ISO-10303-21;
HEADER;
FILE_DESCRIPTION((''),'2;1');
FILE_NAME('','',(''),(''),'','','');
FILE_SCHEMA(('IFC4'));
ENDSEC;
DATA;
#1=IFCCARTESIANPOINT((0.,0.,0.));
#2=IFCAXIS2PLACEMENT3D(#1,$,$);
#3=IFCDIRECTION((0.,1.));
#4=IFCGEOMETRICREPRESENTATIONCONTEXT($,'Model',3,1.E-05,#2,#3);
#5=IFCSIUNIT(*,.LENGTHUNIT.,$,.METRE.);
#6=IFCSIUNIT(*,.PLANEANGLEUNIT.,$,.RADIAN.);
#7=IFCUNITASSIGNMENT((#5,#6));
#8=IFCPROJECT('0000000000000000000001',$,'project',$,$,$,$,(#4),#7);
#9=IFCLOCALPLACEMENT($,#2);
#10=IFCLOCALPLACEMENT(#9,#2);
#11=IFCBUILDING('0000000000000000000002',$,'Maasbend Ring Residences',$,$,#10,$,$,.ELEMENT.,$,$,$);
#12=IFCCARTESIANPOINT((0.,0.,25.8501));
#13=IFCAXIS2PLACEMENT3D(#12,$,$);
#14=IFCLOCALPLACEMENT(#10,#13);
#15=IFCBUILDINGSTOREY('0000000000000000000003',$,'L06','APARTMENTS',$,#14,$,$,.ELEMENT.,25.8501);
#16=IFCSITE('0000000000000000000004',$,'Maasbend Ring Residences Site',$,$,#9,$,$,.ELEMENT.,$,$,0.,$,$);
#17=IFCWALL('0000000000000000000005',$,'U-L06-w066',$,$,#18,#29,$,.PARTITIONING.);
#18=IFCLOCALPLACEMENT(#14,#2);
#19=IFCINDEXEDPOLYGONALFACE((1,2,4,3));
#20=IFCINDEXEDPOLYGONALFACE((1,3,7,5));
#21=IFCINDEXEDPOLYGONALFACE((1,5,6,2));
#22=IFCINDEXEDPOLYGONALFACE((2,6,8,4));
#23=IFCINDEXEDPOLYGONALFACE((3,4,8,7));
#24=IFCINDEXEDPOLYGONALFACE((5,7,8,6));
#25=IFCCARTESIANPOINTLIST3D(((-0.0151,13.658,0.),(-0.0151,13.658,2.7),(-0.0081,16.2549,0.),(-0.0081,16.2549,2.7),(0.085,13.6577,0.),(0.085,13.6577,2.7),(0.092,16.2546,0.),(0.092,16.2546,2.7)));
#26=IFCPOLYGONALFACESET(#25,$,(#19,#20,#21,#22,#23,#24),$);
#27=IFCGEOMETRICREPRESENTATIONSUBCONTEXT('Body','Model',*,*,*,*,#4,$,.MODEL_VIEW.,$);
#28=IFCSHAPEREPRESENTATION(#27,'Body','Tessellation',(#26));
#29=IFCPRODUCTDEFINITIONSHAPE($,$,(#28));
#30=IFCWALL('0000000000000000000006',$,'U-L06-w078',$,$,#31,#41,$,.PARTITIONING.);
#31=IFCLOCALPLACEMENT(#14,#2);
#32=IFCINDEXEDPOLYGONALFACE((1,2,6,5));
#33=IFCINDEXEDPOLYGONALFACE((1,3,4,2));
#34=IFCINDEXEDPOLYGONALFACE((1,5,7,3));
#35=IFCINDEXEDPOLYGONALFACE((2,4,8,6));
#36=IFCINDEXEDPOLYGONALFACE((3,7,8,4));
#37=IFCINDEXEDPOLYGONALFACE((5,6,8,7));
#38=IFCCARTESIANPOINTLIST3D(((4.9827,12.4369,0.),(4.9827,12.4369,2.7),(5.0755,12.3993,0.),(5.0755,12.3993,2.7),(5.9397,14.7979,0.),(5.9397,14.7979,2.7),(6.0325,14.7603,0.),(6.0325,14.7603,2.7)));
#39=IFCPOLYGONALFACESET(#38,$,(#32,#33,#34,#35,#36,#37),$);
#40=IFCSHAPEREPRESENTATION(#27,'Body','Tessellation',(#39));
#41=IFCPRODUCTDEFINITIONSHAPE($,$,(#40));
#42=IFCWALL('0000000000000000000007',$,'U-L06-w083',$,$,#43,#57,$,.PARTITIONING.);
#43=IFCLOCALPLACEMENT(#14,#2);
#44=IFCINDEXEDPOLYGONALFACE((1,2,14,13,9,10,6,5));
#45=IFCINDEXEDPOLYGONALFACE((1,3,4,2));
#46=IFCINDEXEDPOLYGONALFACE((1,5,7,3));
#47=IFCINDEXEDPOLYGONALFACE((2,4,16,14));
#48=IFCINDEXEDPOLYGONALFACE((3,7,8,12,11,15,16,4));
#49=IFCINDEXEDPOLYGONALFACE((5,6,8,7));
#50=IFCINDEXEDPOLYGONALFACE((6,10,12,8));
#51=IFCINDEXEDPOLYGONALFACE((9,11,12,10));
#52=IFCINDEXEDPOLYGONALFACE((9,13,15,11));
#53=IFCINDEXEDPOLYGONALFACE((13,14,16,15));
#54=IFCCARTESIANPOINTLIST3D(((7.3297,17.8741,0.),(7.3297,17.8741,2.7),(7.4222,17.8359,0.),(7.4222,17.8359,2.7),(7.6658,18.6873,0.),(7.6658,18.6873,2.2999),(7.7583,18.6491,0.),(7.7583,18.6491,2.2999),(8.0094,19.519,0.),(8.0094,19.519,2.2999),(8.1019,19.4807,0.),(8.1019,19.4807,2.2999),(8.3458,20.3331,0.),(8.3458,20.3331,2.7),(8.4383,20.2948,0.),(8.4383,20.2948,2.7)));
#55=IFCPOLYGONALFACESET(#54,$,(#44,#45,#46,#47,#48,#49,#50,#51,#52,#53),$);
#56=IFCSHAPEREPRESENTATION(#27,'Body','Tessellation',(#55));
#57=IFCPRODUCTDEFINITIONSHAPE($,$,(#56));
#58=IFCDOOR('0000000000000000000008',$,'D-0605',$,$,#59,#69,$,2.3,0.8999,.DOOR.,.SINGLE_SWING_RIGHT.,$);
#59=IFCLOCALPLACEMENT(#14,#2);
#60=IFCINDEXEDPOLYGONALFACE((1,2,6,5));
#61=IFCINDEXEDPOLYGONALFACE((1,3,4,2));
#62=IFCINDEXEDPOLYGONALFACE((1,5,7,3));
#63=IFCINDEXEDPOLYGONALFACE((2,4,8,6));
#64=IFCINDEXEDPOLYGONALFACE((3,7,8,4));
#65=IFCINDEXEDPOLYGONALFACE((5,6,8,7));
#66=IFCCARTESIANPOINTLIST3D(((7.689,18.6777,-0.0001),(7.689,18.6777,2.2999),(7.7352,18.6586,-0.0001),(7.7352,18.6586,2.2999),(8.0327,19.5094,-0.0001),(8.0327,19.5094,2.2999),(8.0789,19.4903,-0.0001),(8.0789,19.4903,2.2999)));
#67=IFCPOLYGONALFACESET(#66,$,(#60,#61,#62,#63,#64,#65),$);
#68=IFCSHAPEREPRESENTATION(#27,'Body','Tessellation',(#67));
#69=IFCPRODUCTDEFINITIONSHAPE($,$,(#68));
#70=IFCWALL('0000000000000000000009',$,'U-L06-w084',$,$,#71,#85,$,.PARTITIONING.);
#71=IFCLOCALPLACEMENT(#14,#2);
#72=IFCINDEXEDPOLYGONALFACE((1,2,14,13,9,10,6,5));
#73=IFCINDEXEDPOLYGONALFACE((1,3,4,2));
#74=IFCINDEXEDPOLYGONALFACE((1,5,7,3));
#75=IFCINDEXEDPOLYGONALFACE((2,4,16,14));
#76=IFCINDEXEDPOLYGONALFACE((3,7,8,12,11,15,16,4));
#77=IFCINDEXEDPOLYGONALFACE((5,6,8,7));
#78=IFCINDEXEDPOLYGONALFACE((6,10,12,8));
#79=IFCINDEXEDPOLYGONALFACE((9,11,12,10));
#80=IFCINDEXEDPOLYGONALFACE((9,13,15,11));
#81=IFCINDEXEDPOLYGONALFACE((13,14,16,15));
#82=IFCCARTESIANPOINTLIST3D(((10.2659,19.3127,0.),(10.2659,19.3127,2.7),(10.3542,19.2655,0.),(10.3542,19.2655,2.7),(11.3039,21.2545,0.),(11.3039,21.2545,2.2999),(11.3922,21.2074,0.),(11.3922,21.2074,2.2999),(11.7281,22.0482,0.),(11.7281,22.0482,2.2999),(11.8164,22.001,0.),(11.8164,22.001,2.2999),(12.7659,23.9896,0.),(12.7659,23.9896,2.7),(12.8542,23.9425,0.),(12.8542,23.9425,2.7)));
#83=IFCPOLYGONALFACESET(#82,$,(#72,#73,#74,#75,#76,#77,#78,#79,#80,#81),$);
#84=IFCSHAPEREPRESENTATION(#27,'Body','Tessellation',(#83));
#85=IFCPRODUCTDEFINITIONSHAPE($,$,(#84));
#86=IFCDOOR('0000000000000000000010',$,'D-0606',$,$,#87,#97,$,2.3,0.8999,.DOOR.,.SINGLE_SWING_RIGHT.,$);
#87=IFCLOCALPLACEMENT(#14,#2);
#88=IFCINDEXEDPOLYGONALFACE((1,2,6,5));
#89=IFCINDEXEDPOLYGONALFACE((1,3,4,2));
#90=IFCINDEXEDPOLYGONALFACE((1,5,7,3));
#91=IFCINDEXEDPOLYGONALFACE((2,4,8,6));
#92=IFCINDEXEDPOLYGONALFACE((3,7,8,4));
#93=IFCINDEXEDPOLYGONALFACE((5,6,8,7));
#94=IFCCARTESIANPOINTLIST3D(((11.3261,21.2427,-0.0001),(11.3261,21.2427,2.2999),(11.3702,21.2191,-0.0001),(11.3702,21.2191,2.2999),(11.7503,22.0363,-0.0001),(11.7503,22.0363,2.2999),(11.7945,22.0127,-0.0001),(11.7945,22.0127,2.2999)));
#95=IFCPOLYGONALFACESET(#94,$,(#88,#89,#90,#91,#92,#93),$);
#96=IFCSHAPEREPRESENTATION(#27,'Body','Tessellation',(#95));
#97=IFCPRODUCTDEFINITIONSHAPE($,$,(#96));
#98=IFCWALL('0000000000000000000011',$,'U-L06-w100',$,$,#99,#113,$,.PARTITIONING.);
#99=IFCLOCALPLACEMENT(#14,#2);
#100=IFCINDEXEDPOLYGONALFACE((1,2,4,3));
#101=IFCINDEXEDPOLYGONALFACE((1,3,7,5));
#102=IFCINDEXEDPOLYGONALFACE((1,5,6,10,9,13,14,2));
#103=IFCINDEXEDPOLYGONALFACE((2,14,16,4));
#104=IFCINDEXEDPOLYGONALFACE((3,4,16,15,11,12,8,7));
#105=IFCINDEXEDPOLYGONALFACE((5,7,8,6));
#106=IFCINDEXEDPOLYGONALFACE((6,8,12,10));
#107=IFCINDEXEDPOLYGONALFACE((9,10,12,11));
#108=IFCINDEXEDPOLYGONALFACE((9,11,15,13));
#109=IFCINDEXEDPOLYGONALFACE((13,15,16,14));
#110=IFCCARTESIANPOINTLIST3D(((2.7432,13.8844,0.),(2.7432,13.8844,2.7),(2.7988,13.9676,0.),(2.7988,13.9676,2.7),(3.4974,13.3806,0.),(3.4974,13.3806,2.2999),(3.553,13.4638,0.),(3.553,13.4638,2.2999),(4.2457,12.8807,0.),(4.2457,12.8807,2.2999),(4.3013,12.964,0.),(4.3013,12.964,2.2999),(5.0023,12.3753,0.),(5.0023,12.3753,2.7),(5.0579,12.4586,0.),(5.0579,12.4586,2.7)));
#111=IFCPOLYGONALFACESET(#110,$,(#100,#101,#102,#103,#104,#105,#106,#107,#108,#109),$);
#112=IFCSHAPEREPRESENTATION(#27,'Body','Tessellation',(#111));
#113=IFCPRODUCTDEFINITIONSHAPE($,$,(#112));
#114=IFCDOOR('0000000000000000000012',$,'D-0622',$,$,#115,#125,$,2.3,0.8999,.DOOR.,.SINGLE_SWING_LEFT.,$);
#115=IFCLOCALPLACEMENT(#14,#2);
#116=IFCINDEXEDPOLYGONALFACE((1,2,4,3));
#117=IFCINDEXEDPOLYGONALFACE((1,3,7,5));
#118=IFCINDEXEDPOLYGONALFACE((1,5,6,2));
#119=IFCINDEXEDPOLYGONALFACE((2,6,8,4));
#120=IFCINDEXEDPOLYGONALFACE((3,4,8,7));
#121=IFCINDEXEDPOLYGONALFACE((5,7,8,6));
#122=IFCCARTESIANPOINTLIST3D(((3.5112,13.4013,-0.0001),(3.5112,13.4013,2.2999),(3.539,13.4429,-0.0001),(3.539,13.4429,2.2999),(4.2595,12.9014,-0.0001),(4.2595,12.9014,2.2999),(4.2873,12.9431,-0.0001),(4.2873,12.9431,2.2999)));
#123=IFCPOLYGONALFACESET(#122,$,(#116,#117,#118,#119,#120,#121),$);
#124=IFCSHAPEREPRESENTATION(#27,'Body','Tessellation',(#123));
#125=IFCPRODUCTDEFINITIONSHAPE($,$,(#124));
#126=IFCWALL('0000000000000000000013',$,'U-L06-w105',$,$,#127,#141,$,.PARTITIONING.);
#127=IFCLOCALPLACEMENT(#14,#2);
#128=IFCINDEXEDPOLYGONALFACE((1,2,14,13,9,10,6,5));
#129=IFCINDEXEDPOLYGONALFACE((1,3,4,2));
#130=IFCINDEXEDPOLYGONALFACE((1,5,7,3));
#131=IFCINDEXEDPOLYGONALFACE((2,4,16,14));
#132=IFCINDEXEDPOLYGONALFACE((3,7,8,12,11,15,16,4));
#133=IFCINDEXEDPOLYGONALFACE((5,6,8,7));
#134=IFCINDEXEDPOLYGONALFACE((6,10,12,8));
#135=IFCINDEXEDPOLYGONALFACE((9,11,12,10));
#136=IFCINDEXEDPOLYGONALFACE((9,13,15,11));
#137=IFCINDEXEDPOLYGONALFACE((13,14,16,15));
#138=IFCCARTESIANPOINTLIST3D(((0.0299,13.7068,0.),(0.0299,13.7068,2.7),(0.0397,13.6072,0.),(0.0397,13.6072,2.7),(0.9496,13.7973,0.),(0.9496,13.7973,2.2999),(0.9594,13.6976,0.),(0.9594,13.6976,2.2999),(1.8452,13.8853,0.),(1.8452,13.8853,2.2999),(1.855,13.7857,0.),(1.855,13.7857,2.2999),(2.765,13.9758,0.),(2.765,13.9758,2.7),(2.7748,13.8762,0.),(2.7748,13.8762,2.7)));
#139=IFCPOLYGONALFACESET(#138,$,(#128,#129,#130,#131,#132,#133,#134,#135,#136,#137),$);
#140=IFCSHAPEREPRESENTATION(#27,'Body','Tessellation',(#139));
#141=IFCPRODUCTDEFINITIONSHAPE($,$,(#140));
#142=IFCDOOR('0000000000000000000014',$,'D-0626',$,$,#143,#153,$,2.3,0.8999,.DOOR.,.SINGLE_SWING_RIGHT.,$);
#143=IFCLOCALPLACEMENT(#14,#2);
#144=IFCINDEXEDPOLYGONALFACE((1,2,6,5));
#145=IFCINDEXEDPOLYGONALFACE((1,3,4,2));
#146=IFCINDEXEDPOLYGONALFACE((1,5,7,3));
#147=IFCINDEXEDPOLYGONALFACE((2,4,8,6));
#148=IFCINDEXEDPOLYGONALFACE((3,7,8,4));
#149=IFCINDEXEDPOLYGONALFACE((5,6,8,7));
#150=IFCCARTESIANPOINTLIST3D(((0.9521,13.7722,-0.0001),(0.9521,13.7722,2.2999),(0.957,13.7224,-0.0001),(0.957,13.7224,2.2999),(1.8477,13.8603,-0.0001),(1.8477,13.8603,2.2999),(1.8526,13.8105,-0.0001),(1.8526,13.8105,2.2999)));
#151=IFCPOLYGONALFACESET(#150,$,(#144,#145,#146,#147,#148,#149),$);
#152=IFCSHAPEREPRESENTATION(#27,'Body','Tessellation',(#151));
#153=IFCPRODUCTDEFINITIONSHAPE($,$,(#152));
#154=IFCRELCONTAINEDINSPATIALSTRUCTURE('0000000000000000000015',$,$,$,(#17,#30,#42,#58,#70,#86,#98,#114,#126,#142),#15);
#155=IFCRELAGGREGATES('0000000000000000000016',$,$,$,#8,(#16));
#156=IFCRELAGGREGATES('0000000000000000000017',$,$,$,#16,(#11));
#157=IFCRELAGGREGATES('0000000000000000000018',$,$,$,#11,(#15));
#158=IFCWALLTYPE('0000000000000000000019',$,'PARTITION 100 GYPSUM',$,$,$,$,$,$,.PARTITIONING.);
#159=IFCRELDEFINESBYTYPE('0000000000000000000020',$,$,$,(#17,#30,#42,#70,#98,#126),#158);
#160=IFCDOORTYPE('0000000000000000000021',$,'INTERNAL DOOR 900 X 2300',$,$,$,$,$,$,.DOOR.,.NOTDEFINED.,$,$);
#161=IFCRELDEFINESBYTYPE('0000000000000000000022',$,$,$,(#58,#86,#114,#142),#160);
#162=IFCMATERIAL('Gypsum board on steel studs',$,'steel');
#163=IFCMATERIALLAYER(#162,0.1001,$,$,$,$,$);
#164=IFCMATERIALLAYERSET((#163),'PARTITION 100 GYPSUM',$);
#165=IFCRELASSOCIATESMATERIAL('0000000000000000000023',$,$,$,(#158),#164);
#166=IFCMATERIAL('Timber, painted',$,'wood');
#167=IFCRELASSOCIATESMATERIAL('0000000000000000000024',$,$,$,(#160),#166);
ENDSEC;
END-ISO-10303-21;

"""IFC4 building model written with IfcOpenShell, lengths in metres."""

from ifc_helpers import new_model, si_unit, direction, frame, frame_2d, origin, place, context, subcontext, project, spatial, rectangle, extrude, material, layer, layer_set, type_object, element, fill, save


model = new_model("IFC4")

# Units and contexts
model_context = context("Model", 3, precision=1e-05, world=origin(), true_north=direction((0.0, 1.0)))
body_context = subcontext(model_context, "Body", "Model", "MODEL_VIEW")
ifc_project = project(units=[si_unit("LENGTHUNIT", "METRE"), si_unit("PLANEANGLEUNIT", "RADIAN")], contexts=[model_context])

# Site, building, storey
site_placement = place(None, origin())
site = spatial("IfcSite", under=ifc_project, at=site_placement, Name="Maasbend Ring Residences Site", CompositionType="ELEMENT", RefElevation=0.0)
building_placement = place(site_placement, origin())
building = spatial("IfcBuilding", under=site, at=building_placement, Name="Maasbend Ring Residences", CompositionType="ELEMENT")
storey_placement = place(building_placement, frame((0.0, 0.0, 25.8501)))
storey = spatial("IfcBuildingStorey", under=building, at=storey_placement, Name="L06", Description="APARTMENTS", CompositionType="ELEMENT", Elevation=25.8501)

# Walls
ifc_material_1 = material(Name="Gypsum board on steel studs", Category="steel")
ifc_layer_1 = layer(ifc_material_1, 0.1001)
ifc_layer_set_1 = layer_set([ifc_layer_1], Name="PARTITION 100 GYPSUM")
wall_type_1 = type_object("IfcWallType", Name="PARTITION 100 GYPSUM", PredefinedType="PARTITIONING", material=ifc_layer_set_1)
wall_1_placement = place(storey_placement, frame((0.0349, 13.658, 0.0), z_axis=(0.0, 0.0, 1.0), x_axis=(0.002726, 0.999996, 0.0)))
element("IfcWall", 1, at=wall_1_placement, inside=storey, type_object=wall_type_1, Name="U-L06-w066", PredefinedType="PARTITIONING", context=body_context, shape_type="SweptSolid", body=[
    extrude(rectangle(XDim=2.5969, YDim=0.1001, at=frame_2d((1.2983, 0.0))), origin(), (0.0, 0.0, 1.0), 2.7),
])
wall_2_placement = place(storey_placement, frame((5.0291, 12.418, 0.0), z_axis=(0.0, 0.0, 1.0), x_axis=(0.375649, 0.926762, 0.0)))
element("IfcWall", 2, at=wall_2_placement, inside=storey, type_object=wall_type_1, Name="U-L06-w078", PredefinedType="PARTITIONING", context=body_context, shape_type="SweptSolid", body=[
    extrude(rectangle(XDim=2.5476, YDim=0.1001, at=frame_2d((1.2739, 0.0))), origin(), (0.0, 0.0, 1.0), 2.7),
])

# Walls, openings, doors
wall_3_placement = place(storey_placement, frame((7.376, 17.855, 0.0), z_axis=(0.0, 0.0, 1.0), x_axis=(0.381903, 0.924202, 0.0)))
wall_3 = element("IfcWall", 3, at=wall_3_placement, inside=storey, type_object=wall_type_1, Name="U-L06-w083", PredefinedType="PARTITIONING", context=body_context, shape_type="SweptSolid", body=[
    extrude(rectangle(XDim=2.6606, YDim=0.1001, at=frame_2d((1.3303, 0.0))), origin(), (0.0, 0.0, 1.0), 2.7),
])
opening_1_placement = place(wall_3_placement, frame((0.8799, 0.0, 0.0)))
opening_1 = element("IfcOpeningElement", 4, at=opening_1_placement, cuts=wall_3, PredefinedType="OPENING", context=body_context, shape_type="SweptSolid", body=[
    extrude(rectangle(XDim=0.8999, YDim=2.3, at=frame_2d((0.45, 1.1499))), frame((0.0, 0.0601, 0.0), z_axis=(0.0, -1.0, 0.0), x_axis=(1.0, 0.0, 0.0)), (0.0, 0.0, 1.0), 0.1201),
])
ifc_material_2 = material(Name="Timber, painted", Category="wood")
door_type_1 = type_object("IfcDoorType", Name="INTERNAL DOOR 900 X 2300", OperationType="NOTDEFINED", PredefinedType="DOOR", material=ifc_material_2)
door_1_placement = place(opening_1_placement, origin())
door_1 = element("IfcDoor", 5, at=door_1_placement, inside=storey, type_object=door_type_1, Name="D-0605", OperationType="SINGLE_SWING_RIGHT", OverallHeight=2.3, OverallWidth=0.8999, PredefinedType="DOOR", context=body_context, shape_type="SweptSolid", body=[
    extrude(rectangle(XDim=0.8999, YDim=2.3, at=frame_2d((0.45, 1.1499))), frame((0.0, 0.0249, 0.0), z_axis=(0.0, -1.0, 0.0), x_axis=(1.0, 0.0, 0.0)), (0.0, 0.0, 1.0), 0.05),
])
fill(opening_1, door_1)
wall_4_placement = place(storey_placement, frame((10.3101, 19.2891, 0.0), z_axis=(0.0, 0.0, 1.0), x_axis=(0.47141, 0.881914, 0.0)))
wall_4 = element("IfcWall", 6, at=wall_4_placement, inside=storey, type_object=wall_type_1, Name="U-L06-w084", PredefinedType="PARTITIONING", context=body_context, shape_type="SweptSolid", body=[
    extrude(rectangle(XDim=5.3032, YDim=0.1001, at=frame_2d((2.6516, 0.0))), origin(), (0.0, 0.0, 1.0), 2.7),
])
opening_2_placement = place(wall_4_placement, frame((2.2019, 0.0, 0.0)))
opening_2 = element("IfcOpeningElement", 7, at=opening_2_placement, cuts=wall_4, PredefinedType="OPENING", context=body_context, shape_type="SweptSolid", body=[
    extrude(rectangle(XDim=0.8999, YDim=2.3, at=frame_2d((0.45, 1.1499))), frame((0.0, 0.0601, 0.0), z_axis=(0.0, -1.0, 0.0), x_axis=(1.0, 0.0, 0.0)), (0.0, 0.0, 1.0), 0.1201),
])
door_2_placement = place(opening_2_placement, origin())
door_2 = element("IfcDoor", 8, at=door_2_placement, inside=storey, type_object=door_type_1, Name="D-0606", OperationType="SINGLE_SWING_RIGHT", OverallHeight=2.3, OverallWidth=0.8999, PredefinedType="DOOR", context=body_context, shape_type="SweptSolid", body=[
    extrude(rectangle(XDim=0.8999, YDim=2.3, at=frame_2d((0.45, 1.1499))), frame((0.0, 0.0249, 0.0), z_axis=(0.0, -1.0, 0.0), x_axis=(1.0, 0.0, 0.0)), (0.0, 0.0, 1.0), 0.05),
])
fill(opening_2, door_2)
wall_5_placement = place(storey_placement, frame((2.771, 13.926, 0.0), z_axis=(0.0, 0.0, 1.0), x_axis=(0.831538, -0.555467, 0.0)))
wall_5 = element("IfcWall", 9, at=wall_5_placement, inside=storey, type_object=wall_type_1, Name="U-L06-w100", PredefinedType="PARTITIONING", context=body_context, shape_type="SweptSolid", body=[
    extrude(rectangle(XDim=2.7168, YDim=0.1001, at=frame_2d((1.3584, 0.0))), origin(), (0.0, 0.0, 1.0), 2.7),
])
opening_3_placement = place(wall_5_placement, frame((0.907, 0.0, 0.0)))
opening_3 = element("IfcOpeningElement", 10, at=opening_3_placement, cuts=wall_5, PredefinedType="OPENING", context=body_context, shape_type="SweptSolid", body=[
    extrude(rectangle(XDim=0.8999, YDim=2.3, at=frame_2d((0.45, 1.1499))), frame((0.0, 0.0601, 0.0), z_axis=(0.0, -1.0, 0.0), x_axis=(1.0, 0.0, 0.0)), (0.0, 0.0, 1.0), 0.1201),
])
door_3_placement = place(opening_3_placement, origin())
door_3 = element("IfcDoor", 11, at=door_3_placement, inside=storey, type_object=door_type_1, Name="D-0622", OperationType="SINGLE_SWING_LEFT", OverallHeight=2.3, OverallWidth=0.8999, PredefinedType="DOOR", context=body_context, shape_type="SweptSolid", body=[
    extrude(rectangle(XDim=0.8999, YDim=2.3, at=frame_2d((0.45, 1.1499))), frame((0.0, 0.0249, 0.0), z_axis=(0.0, -1.0, 0.0), x_axis=(1.0, 0.0, 0.0)), (0.0, 0.0, 1.0), 0.05),
])
fill(opening_3, door_3)
wall_6_placement = place(storey_placement, frame((0.0349, 13.657, 0.0), z_axis=(0.0, 0.0, 1.0), x_axis=(0.995197, 0.097894, 0.0)))
wall_6 = element("IfcWall", 12, at=wall_6_placement, inside=storey, type_object=wall_type_1, Name="U-L06-w105", PredefinedType="PARTITIONING", context=body_context, shape_type="SweptSolid", body=[
    extrude(rectangle(XDim=2.7483, YDim=0.1001, at=frame_2d((1.374, 0.0))), origin(), (0.0, 0.0, 1.0), 2.7),
])
opening_4_placement = place(wall_6_placement, frame((0.9241, 0.0, 0.0)))
opening_4 = element("IfcOpeningElement", 13, at=opening_4_placement, cuts=wall_6, PredefinedType="OPENING", context=body_context, shape_type="SweptSolid", body=[
    extrude(rectangle(XDim=0.8999, YDim=2.3, at=frame_2d((0.45, 1.1499))), frame((0.0, 0.0601, 0.0), z_axis=(0.0, -1.0, 0.0), x_axis=(1.0, 0.0, 0.0)), (0.0, 0.0, 1.0), 0.1201),
])
door_4_placement = place(opening_4_placement, origin())
door_4 = element("IfcDoor", 14, at=door_4_placement, inside=storey, type_object=door_type_1, Name="D-0626", OperationType="SINGLE_SWING_RIGHT", OverallHeight=2.3, OverallWidth=0.8999, PredefinedType="DOOR", context=body_context, shape_type="SweptSolid", body=[
    extrude(rectangle(XDim=0.8999, YDim=2.3, at=frame_2d((0.45, 1.1499))), frame((0.0, 0.0249, 0.0), z_axis=(0.0, -1.0, 0.0), x_axis=(1.0, 0.0, 0.0)), (0.0, 0.0, 1.0), 0.05),
])
fill(opening_4, door_4)

save(model, "model.ifc")
